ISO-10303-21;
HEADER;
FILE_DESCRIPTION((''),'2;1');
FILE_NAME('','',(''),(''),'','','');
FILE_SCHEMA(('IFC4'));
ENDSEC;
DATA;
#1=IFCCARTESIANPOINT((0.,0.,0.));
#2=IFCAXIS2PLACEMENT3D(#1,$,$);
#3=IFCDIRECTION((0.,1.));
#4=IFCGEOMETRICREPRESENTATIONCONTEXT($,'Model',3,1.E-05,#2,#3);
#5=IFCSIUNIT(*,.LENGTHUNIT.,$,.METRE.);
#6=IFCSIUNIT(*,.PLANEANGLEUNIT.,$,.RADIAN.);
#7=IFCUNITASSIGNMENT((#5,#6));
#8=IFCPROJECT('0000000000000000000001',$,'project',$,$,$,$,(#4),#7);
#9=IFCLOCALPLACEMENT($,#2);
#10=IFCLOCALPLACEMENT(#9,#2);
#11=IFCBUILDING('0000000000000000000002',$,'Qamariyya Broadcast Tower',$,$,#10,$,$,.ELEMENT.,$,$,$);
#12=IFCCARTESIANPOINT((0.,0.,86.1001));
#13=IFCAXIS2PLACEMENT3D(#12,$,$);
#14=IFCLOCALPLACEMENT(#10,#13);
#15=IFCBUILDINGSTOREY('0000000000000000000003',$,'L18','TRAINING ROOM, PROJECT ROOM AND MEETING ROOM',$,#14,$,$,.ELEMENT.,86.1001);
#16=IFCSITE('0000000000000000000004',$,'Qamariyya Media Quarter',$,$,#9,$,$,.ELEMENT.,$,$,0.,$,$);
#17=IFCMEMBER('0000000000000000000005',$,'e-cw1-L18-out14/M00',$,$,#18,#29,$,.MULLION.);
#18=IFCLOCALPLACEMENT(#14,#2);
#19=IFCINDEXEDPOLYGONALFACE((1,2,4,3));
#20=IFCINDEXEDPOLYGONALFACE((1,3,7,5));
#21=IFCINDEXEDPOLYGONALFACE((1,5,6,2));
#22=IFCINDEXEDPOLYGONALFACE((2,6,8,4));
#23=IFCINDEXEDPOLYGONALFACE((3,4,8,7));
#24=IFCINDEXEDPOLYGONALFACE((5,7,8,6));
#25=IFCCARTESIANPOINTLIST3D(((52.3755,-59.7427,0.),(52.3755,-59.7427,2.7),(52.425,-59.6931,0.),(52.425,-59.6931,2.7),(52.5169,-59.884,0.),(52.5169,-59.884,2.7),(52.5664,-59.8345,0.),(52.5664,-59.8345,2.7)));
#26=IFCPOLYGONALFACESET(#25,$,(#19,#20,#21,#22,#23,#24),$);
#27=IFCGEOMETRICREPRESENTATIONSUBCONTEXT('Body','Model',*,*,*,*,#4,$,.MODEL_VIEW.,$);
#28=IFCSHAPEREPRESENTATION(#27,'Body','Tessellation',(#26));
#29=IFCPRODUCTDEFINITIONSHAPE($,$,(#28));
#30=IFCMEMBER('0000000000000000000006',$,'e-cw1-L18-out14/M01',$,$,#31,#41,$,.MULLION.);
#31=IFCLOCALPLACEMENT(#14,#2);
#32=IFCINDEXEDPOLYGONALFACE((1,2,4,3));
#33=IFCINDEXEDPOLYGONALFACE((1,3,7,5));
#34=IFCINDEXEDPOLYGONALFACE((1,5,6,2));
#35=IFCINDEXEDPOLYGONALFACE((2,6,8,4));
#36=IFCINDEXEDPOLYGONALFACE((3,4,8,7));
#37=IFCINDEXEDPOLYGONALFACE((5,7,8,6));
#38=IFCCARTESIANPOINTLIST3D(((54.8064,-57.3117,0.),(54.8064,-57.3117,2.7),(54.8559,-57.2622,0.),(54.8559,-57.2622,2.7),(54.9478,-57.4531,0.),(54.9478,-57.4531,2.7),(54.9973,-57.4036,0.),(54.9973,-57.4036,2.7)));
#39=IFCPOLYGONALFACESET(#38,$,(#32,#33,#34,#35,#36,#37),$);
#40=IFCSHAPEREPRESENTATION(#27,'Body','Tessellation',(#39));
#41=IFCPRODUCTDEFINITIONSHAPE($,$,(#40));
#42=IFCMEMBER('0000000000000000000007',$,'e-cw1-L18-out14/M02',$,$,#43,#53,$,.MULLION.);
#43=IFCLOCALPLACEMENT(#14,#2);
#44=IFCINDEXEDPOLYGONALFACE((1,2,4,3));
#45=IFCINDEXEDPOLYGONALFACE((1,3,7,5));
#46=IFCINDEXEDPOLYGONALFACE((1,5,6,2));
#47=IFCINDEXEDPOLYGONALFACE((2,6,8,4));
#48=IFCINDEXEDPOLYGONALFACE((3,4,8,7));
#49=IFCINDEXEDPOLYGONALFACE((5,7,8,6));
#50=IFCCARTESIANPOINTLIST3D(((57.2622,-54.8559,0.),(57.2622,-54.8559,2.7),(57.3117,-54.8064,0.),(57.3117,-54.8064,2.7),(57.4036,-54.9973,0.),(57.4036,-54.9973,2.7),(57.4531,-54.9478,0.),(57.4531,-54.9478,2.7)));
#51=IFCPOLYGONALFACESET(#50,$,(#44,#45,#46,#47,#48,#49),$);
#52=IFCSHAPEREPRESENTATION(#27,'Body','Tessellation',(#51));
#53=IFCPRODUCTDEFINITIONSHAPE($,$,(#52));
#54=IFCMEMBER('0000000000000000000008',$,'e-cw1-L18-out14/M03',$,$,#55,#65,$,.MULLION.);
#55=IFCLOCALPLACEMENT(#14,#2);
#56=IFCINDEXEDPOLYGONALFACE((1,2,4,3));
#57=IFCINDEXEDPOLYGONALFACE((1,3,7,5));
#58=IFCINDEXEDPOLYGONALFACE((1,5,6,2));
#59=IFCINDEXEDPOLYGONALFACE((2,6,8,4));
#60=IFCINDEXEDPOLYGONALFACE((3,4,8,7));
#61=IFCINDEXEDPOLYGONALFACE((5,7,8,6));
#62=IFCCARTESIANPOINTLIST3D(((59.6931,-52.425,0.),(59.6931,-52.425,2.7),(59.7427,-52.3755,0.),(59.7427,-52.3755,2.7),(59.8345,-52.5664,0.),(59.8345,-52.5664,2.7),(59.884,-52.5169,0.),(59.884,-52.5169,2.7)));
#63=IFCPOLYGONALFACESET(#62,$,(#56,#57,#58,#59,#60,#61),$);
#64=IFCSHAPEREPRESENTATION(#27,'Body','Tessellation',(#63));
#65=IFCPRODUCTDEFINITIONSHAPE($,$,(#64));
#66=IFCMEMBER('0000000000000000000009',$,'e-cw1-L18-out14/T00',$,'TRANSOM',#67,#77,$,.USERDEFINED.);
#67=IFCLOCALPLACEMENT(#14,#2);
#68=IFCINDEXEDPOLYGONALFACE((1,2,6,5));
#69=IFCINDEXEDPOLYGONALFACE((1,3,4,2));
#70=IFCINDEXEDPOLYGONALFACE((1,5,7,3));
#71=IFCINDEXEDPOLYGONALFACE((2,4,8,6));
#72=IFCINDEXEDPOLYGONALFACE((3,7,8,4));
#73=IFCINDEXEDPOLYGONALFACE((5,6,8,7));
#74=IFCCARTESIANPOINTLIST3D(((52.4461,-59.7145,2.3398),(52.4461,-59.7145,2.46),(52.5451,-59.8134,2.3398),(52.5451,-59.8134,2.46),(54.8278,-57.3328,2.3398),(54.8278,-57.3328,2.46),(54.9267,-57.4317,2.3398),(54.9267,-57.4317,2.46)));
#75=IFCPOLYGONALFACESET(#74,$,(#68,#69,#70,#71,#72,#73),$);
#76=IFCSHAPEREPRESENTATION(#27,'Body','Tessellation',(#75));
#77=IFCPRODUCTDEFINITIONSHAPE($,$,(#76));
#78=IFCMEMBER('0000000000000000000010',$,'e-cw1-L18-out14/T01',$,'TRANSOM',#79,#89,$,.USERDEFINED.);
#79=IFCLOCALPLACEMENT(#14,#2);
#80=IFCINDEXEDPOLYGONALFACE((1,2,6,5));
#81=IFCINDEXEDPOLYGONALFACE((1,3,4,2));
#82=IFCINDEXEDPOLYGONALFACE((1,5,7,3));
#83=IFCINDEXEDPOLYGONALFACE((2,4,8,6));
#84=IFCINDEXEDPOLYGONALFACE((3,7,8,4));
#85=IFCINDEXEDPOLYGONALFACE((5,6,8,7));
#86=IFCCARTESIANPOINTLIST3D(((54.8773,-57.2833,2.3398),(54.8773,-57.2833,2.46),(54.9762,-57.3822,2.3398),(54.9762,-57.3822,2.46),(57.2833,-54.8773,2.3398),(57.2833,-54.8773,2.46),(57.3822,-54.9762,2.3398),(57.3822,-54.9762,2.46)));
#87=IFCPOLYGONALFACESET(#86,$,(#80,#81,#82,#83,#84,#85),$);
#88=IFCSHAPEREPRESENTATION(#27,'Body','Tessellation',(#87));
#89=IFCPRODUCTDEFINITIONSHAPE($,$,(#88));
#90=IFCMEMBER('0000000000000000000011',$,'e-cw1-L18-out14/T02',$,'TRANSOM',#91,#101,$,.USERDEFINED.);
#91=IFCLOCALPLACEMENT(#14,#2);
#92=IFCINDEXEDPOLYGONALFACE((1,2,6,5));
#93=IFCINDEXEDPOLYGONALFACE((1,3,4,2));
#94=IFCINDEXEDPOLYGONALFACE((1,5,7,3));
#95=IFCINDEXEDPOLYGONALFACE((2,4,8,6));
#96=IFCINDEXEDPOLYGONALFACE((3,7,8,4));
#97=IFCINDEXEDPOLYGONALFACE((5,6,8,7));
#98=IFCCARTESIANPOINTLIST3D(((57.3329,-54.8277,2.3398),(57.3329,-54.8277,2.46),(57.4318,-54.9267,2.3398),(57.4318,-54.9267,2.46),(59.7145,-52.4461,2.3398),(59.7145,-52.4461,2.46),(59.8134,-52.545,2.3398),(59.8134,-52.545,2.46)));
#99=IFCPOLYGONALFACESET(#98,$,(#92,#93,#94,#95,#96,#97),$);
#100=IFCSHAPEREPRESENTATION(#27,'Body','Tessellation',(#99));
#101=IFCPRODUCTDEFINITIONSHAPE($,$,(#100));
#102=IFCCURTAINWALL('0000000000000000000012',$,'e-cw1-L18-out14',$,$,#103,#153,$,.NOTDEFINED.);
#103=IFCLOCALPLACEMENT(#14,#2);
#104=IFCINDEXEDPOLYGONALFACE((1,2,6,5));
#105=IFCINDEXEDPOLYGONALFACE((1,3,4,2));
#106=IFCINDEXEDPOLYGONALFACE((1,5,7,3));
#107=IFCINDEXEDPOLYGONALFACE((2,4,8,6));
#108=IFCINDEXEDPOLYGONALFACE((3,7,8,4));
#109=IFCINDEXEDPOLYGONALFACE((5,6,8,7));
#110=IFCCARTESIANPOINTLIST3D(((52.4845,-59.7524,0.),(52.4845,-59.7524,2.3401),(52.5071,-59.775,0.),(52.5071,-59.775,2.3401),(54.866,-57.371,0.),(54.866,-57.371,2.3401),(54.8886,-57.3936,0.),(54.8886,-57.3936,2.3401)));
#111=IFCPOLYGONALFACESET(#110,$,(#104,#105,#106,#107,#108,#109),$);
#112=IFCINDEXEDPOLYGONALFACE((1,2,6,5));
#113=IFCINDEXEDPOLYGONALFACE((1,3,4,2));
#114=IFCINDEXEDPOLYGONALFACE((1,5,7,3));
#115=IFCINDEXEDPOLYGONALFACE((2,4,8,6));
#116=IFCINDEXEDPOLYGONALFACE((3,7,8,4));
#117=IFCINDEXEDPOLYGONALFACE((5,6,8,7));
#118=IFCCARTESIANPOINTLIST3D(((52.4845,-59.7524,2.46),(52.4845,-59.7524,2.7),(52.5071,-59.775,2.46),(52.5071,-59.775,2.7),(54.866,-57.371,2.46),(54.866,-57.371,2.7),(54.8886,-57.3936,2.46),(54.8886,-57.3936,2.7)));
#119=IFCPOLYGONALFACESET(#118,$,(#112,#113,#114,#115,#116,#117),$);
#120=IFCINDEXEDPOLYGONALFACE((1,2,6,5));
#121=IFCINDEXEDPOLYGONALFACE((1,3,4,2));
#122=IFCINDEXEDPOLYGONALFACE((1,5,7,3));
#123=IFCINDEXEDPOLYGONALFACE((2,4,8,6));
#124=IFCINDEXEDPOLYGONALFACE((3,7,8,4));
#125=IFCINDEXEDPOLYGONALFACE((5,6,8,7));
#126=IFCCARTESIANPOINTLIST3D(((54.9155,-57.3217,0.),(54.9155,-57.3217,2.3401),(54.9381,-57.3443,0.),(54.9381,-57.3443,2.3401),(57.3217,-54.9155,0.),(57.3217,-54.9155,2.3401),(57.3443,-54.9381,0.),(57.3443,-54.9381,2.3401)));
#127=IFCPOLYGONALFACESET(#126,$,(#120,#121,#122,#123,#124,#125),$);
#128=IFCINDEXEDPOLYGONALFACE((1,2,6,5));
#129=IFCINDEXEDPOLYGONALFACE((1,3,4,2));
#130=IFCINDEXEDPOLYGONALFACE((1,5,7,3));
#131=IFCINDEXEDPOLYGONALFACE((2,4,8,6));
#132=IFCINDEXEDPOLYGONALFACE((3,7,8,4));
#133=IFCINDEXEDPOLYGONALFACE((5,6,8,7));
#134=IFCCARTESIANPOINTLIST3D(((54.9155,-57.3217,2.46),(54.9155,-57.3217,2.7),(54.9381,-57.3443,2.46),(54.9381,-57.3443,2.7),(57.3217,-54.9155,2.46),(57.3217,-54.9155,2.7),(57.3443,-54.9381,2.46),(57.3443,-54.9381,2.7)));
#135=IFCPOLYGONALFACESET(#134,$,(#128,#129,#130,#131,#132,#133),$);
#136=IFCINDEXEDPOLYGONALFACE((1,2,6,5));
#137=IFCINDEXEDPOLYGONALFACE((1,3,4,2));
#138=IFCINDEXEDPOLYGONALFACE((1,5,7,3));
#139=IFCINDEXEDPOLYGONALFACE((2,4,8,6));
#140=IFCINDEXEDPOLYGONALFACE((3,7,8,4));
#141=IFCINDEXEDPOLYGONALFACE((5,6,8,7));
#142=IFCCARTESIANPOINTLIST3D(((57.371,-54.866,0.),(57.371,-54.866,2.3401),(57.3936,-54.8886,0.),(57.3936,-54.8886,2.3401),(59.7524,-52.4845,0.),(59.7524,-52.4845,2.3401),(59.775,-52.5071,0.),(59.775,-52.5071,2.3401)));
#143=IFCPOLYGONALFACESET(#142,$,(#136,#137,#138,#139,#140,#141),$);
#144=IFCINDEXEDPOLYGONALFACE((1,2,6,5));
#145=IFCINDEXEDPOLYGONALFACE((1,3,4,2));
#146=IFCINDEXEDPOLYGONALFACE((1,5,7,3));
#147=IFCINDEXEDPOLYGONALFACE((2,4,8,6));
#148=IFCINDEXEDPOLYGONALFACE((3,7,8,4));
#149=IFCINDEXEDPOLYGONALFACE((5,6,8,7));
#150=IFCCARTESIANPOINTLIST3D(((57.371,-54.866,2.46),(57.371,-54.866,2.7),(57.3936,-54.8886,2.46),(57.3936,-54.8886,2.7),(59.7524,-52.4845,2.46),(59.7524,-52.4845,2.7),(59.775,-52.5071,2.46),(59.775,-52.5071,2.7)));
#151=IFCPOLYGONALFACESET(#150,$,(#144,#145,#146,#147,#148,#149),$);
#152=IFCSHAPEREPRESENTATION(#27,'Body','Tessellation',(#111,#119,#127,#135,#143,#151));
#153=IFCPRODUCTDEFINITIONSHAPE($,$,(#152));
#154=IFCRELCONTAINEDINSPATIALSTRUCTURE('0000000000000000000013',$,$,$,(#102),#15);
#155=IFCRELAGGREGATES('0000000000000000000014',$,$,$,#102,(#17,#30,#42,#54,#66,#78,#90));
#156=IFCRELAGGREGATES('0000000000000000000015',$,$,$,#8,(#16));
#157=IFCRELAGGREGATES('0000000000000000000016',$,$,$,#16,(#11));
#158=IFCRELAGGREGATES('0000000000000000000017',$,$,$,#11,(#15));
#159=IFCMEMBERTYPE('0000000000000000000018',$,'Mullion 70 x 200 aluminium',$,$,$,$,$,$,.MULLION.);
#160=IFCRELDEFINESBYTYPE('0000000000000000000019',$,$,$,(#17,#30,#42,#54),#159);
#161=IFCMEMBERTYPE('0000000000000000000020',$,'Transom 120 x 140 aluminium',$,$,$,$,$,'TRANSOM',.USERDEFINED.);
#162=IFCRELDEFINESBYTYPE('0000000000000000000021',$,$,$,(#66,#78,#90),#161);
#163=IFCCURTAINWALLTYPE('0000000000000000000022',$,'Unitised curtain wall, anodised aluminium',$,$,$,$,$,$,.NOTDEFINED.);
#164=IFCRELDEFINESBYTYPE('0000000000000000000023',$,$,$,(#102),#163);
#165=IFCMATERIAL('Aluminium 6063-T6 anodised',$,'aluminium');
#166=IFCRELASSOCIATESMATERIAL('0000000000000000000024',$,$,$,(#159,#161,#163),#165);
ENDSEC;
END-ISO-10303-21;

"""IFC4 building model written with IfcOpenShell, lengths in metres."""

from ifc_helpers import new_model, si_unit, direction, frame, origin, origin_2d, place, context, subcontext, project, spatial, rectangle, extrude, material, material_profile, profile_set, type_object, element, aggregate, save


model = new_model("IFC4")

# Units and contexts
model_context = context("Model", 3, precision=1e-05, world=origin(), true_north=direction((0.0, 1.0)))
body_context = subcontext(model_context, "Body", "Model", "MODEL_VIEW")
ifc_project = project(units=[si_unit("LENGTHUNIT", "METRE"), si_unit("PLANEANGLEUNIT", "RADIAN")], contexts=[model_context])

# Members
ifc_material = material(Name="Aluminium 6063-T6 anodised", Category="aluminium")
ifc_material_profile_1 = material_profile(ifc_material, rectangle(XDim=0.2, YDim=0.0701, at=origin_2d()))
ifc_profile_set_1 = profile_set([ifc_material_profile_1], Name="Aluminium 6063-T6 anodised")
member_type_1 = type_object("IfcMemberType", Name="Mullion 70 x 200 aluminium", PredefinedType="MULLION", material=ifc_profile_set_1)
site_placement = place(None, origin())
building_placement = place(site_placement, origin())
storey_placement = place(building_placement, frame((0.0, 0.0, 86.1001)))
member_1_placement = place(storey_placement, frame((52.4709, -59.7886, 0.0), z_axis=(0.0, 0.0, 1.0), x_axis=(-0.707107, 0.707107, 0.0)))
member_1 = element("IfcMember", 1, at=member_1_placement, type_object=member_type_1, Name="e-cw1-L18-out14/M00", PredefinedType="MULLION", context=body_context, shape_type="SweptSolid", body=[
    extrude(rectangle(XDim=0.2, YDim=0.0701, at=origin_2d()), origin(), (0.0, 0.0, 1.0), 2.7),
])
member_2_placement = place(storey_placement, frame((54.9019, -57.3577, 0.0), z_axis=(0.0, 0.0, 1.0), x_axis=(-0.707107, 0.707107, 0.0)))
member_2 = element("IfcMember", 2, at=member_2_placement, type_object=member_type_1, Name="e-cw1-L18-out14/M01", PredefinedType="MULLION", context=body_context, shape_type="SweptSolid", body=[
    extrude(rectangle(XDim=0.2, YDim=0.0701, at=origin_2d()), origin(), (0.0, 0.0, 1.0), 2.7),
])
member_3_placement = place(storey_placement, frame((57.3577, -54.9019, 0.0), z_axis=(0.0, 0.0, 1.0), x_axis=(-0.707107, 0.707107, 0.0)))
member_3 = element("IfcMember", 3, at=member_3_placement, type_object=member_type_1, Name="e-cw1-L18-out14/M02", PredefinedType="MULLION", context=body_context, shape_type="SweptSolid", body=[
    extrude(rectangle(XDim=0.2, YDim=0.0701, at=origin_2d()), origin(), (0.0, 0.0, 1.0), 2.7),
])
member_4_placement = place(storey_placement, frame((59.7886, -52.4709, 0.0), z_axis=(0.0, 0.0, 1.0), x_axis=(-0.707107, 0.707107, 0.0)))
member_4 = element("IfcMember", 4, at=member_4_placement, type_object=member_type_1, Name="e-cw1-L18-out14/M03", PredefinedType="MULLION", context=body_context, shape_type="SweptSolid", body=[
    extrude(rectangle(XDim=0.2, YDim=0.0701, at=origin_2d()), origin(), (0.0, 0.0, 1.0), 2.7),
])
ifc_material_profile_2 = material_profile(ifc_material, rectangle(XDim=0.1399, YDim=0.1201, at=origin_2d()))
ifc_profile_set_2 = profile_set([ifc_material_profile_2], Name="Aluminium 6063-T6 anodised")
member_type_2 = type_object("IfcMemberType", Name="Transom 120 x 140 aluminium", ElementType="TRANSOM", PredefinedType="USERDEFINED", material=ifc_profile_set_2)
member_5_placement = place(storey_placement, frame((52.4956, -59.7639, 2.3999), z_axis=(0.707107, 0.707107, 0.0), x_axis=(-0.707107, 0.707107, 0.0)))
member_5 = element("IfcMember", 5, at=member_5_placement, type_object=member_type_2, Name="e-cw1-L18-out14/T00", ObjectType="TRANSOM", PredefinedType="USERDEFINED", context=body_context, shape_type="SweptSolid", body=[
    extrude(rectangle(XDim=0.1399, YDim=0.1201, at=origin_2d()), origin(), (0.0, 0.0, 1.0), 3.3682),
])
member_6_placement = place(storey_placement, frame((54.9268, -57.3328, 2.3999), z_axis=(0.707107, 0.707107, 0.0), x_axis=(-0.707107, 0.707107, 0.0)))
member_6 = element("IfcMember", 6, at=member_6_placement, type_object=member_type_2, Name="e-cw1-L18-out14/T01", ObjectType="TRANSOM", PredefinedType="USERDEFINED", context=body_context, shape_type="SweptSolid", body=[
    extrude(rectangle(XDim=0.1399, YDim=0.1201, at=origin_2d()), origin(), (0.0, 0.0, 1.0), 3.4026),
])
member_7_placement = place(storey_placement, frame((57.3823, -54.8772, 2.3999), z_axis=(0.707107, 0.707107, 0.0), x_axis=(-0.707107, 0.707107, 0.0)))
member_7 = element("IfcMember", 7, at=member_7_placement, type_object=member_type_2, Name="e-cw1-L18-out14/T02", ObjectType="TRANSOM", PredefinedType="USERDEFINED", context=body_context, shape_type="SweptSolid", body=[
    extrude(rectangle(XDim=0.1399, YDim=0.1201, at=origin_2d()), origin(), (0.0, 0.0, 1.0), 3.3682),
])

# Site, building, storey
site = spatial("IfcSite", under=ifc_project, at=site_placement, Name="Qamariyya Media Quarter", CompositionType="ELEMENT", RefElevation=0.0)
building = spatial("IfcBuilding", under=site, at=building_placement, Name="Qamariyya Broadcast Tower", CompositionType="ELEMENT")
storey = spatial("IfcBuildingStorey", under=building, at=storey_placement, Name="L18", Description="TRAINING ROOM, PROJECT ROOM AND MEETING ROOM", CompositionType="ELEMENT", Elevation=86.1001)

# Curtain wall
curtain_wall_type = type_object("IfcCurtainWallType", Name="Unitised curtain wall, anodised aluminium", PredefinedType="NOTDEFINED", material=ifc_material)
curtain_wall_1_placement = place(storey_placement, origin())
curtain_wall_1 = element("IfcCurtainWall", 8, at=curtain_wall_1_placement, inside=storey, type_object=curtain_wall_type, Name="e-cw1-L18-out14", PredefinedType="NOTDEFINED", context=body_context, shape_type="SweptSolid", body=[
    extrude(rectangle(XDim=3.3679, YDim=0.032, at=origin_2d()), frame((53.6865, -58.573, 0.0), x_axis=(0.707107, 0.707107, 0.0)), (0.0, 0.0, 1.0), 2.3401),
    extrude(rectangle(XDim=3.3679, YDim=0.032, at=origin_2d()), frame((53.6865, -58.573, 2.46), x_axis=(0.707107, 0.707107, 0.0)), (0.0, 0.0, 1.0), 0.24),
    extrude(rectangle(XDim=3.4028, YDim=0.032, at=origin_2d()), frame((56.1299, -56.1299, 0.0), x_axis=(0.707107, 0.707107, 0.0)), (0.0, 0.0, 1.0), 2.3401),
    extrude(rectangle(XDim=3.4028, YDim=0.032, at=origin_2d()), frame((56.1299, -56.1299, 2.46), x_axis=(0.707107, 0.707107, 0.0)), (0.0, 0.0, 1.0), 0.24),
    extrude(rectangle(XDim=3.3679, YDim=0.032, at=origin_2d()), frame((58.573, -53.6865, 0.0), x_axis=(0.707107, 0.707107, 0.0)), (0.0, 0.0, 1.0), 2.3401),
    extrude(rectangle(XDim=3.3679, YDim=0.032, at=origin_2d()), frame((58.573, -53.6865, 2.46), x_axis=(0.707107, 0.707107, 0.0)), (0.0, 0.0, 1.0), 0.24),
])
aggregate(curtain_wall_1, [member_1, member_2, member_3, member_4, member_5, member_6, member_7])

save(model, "model.ifc")
